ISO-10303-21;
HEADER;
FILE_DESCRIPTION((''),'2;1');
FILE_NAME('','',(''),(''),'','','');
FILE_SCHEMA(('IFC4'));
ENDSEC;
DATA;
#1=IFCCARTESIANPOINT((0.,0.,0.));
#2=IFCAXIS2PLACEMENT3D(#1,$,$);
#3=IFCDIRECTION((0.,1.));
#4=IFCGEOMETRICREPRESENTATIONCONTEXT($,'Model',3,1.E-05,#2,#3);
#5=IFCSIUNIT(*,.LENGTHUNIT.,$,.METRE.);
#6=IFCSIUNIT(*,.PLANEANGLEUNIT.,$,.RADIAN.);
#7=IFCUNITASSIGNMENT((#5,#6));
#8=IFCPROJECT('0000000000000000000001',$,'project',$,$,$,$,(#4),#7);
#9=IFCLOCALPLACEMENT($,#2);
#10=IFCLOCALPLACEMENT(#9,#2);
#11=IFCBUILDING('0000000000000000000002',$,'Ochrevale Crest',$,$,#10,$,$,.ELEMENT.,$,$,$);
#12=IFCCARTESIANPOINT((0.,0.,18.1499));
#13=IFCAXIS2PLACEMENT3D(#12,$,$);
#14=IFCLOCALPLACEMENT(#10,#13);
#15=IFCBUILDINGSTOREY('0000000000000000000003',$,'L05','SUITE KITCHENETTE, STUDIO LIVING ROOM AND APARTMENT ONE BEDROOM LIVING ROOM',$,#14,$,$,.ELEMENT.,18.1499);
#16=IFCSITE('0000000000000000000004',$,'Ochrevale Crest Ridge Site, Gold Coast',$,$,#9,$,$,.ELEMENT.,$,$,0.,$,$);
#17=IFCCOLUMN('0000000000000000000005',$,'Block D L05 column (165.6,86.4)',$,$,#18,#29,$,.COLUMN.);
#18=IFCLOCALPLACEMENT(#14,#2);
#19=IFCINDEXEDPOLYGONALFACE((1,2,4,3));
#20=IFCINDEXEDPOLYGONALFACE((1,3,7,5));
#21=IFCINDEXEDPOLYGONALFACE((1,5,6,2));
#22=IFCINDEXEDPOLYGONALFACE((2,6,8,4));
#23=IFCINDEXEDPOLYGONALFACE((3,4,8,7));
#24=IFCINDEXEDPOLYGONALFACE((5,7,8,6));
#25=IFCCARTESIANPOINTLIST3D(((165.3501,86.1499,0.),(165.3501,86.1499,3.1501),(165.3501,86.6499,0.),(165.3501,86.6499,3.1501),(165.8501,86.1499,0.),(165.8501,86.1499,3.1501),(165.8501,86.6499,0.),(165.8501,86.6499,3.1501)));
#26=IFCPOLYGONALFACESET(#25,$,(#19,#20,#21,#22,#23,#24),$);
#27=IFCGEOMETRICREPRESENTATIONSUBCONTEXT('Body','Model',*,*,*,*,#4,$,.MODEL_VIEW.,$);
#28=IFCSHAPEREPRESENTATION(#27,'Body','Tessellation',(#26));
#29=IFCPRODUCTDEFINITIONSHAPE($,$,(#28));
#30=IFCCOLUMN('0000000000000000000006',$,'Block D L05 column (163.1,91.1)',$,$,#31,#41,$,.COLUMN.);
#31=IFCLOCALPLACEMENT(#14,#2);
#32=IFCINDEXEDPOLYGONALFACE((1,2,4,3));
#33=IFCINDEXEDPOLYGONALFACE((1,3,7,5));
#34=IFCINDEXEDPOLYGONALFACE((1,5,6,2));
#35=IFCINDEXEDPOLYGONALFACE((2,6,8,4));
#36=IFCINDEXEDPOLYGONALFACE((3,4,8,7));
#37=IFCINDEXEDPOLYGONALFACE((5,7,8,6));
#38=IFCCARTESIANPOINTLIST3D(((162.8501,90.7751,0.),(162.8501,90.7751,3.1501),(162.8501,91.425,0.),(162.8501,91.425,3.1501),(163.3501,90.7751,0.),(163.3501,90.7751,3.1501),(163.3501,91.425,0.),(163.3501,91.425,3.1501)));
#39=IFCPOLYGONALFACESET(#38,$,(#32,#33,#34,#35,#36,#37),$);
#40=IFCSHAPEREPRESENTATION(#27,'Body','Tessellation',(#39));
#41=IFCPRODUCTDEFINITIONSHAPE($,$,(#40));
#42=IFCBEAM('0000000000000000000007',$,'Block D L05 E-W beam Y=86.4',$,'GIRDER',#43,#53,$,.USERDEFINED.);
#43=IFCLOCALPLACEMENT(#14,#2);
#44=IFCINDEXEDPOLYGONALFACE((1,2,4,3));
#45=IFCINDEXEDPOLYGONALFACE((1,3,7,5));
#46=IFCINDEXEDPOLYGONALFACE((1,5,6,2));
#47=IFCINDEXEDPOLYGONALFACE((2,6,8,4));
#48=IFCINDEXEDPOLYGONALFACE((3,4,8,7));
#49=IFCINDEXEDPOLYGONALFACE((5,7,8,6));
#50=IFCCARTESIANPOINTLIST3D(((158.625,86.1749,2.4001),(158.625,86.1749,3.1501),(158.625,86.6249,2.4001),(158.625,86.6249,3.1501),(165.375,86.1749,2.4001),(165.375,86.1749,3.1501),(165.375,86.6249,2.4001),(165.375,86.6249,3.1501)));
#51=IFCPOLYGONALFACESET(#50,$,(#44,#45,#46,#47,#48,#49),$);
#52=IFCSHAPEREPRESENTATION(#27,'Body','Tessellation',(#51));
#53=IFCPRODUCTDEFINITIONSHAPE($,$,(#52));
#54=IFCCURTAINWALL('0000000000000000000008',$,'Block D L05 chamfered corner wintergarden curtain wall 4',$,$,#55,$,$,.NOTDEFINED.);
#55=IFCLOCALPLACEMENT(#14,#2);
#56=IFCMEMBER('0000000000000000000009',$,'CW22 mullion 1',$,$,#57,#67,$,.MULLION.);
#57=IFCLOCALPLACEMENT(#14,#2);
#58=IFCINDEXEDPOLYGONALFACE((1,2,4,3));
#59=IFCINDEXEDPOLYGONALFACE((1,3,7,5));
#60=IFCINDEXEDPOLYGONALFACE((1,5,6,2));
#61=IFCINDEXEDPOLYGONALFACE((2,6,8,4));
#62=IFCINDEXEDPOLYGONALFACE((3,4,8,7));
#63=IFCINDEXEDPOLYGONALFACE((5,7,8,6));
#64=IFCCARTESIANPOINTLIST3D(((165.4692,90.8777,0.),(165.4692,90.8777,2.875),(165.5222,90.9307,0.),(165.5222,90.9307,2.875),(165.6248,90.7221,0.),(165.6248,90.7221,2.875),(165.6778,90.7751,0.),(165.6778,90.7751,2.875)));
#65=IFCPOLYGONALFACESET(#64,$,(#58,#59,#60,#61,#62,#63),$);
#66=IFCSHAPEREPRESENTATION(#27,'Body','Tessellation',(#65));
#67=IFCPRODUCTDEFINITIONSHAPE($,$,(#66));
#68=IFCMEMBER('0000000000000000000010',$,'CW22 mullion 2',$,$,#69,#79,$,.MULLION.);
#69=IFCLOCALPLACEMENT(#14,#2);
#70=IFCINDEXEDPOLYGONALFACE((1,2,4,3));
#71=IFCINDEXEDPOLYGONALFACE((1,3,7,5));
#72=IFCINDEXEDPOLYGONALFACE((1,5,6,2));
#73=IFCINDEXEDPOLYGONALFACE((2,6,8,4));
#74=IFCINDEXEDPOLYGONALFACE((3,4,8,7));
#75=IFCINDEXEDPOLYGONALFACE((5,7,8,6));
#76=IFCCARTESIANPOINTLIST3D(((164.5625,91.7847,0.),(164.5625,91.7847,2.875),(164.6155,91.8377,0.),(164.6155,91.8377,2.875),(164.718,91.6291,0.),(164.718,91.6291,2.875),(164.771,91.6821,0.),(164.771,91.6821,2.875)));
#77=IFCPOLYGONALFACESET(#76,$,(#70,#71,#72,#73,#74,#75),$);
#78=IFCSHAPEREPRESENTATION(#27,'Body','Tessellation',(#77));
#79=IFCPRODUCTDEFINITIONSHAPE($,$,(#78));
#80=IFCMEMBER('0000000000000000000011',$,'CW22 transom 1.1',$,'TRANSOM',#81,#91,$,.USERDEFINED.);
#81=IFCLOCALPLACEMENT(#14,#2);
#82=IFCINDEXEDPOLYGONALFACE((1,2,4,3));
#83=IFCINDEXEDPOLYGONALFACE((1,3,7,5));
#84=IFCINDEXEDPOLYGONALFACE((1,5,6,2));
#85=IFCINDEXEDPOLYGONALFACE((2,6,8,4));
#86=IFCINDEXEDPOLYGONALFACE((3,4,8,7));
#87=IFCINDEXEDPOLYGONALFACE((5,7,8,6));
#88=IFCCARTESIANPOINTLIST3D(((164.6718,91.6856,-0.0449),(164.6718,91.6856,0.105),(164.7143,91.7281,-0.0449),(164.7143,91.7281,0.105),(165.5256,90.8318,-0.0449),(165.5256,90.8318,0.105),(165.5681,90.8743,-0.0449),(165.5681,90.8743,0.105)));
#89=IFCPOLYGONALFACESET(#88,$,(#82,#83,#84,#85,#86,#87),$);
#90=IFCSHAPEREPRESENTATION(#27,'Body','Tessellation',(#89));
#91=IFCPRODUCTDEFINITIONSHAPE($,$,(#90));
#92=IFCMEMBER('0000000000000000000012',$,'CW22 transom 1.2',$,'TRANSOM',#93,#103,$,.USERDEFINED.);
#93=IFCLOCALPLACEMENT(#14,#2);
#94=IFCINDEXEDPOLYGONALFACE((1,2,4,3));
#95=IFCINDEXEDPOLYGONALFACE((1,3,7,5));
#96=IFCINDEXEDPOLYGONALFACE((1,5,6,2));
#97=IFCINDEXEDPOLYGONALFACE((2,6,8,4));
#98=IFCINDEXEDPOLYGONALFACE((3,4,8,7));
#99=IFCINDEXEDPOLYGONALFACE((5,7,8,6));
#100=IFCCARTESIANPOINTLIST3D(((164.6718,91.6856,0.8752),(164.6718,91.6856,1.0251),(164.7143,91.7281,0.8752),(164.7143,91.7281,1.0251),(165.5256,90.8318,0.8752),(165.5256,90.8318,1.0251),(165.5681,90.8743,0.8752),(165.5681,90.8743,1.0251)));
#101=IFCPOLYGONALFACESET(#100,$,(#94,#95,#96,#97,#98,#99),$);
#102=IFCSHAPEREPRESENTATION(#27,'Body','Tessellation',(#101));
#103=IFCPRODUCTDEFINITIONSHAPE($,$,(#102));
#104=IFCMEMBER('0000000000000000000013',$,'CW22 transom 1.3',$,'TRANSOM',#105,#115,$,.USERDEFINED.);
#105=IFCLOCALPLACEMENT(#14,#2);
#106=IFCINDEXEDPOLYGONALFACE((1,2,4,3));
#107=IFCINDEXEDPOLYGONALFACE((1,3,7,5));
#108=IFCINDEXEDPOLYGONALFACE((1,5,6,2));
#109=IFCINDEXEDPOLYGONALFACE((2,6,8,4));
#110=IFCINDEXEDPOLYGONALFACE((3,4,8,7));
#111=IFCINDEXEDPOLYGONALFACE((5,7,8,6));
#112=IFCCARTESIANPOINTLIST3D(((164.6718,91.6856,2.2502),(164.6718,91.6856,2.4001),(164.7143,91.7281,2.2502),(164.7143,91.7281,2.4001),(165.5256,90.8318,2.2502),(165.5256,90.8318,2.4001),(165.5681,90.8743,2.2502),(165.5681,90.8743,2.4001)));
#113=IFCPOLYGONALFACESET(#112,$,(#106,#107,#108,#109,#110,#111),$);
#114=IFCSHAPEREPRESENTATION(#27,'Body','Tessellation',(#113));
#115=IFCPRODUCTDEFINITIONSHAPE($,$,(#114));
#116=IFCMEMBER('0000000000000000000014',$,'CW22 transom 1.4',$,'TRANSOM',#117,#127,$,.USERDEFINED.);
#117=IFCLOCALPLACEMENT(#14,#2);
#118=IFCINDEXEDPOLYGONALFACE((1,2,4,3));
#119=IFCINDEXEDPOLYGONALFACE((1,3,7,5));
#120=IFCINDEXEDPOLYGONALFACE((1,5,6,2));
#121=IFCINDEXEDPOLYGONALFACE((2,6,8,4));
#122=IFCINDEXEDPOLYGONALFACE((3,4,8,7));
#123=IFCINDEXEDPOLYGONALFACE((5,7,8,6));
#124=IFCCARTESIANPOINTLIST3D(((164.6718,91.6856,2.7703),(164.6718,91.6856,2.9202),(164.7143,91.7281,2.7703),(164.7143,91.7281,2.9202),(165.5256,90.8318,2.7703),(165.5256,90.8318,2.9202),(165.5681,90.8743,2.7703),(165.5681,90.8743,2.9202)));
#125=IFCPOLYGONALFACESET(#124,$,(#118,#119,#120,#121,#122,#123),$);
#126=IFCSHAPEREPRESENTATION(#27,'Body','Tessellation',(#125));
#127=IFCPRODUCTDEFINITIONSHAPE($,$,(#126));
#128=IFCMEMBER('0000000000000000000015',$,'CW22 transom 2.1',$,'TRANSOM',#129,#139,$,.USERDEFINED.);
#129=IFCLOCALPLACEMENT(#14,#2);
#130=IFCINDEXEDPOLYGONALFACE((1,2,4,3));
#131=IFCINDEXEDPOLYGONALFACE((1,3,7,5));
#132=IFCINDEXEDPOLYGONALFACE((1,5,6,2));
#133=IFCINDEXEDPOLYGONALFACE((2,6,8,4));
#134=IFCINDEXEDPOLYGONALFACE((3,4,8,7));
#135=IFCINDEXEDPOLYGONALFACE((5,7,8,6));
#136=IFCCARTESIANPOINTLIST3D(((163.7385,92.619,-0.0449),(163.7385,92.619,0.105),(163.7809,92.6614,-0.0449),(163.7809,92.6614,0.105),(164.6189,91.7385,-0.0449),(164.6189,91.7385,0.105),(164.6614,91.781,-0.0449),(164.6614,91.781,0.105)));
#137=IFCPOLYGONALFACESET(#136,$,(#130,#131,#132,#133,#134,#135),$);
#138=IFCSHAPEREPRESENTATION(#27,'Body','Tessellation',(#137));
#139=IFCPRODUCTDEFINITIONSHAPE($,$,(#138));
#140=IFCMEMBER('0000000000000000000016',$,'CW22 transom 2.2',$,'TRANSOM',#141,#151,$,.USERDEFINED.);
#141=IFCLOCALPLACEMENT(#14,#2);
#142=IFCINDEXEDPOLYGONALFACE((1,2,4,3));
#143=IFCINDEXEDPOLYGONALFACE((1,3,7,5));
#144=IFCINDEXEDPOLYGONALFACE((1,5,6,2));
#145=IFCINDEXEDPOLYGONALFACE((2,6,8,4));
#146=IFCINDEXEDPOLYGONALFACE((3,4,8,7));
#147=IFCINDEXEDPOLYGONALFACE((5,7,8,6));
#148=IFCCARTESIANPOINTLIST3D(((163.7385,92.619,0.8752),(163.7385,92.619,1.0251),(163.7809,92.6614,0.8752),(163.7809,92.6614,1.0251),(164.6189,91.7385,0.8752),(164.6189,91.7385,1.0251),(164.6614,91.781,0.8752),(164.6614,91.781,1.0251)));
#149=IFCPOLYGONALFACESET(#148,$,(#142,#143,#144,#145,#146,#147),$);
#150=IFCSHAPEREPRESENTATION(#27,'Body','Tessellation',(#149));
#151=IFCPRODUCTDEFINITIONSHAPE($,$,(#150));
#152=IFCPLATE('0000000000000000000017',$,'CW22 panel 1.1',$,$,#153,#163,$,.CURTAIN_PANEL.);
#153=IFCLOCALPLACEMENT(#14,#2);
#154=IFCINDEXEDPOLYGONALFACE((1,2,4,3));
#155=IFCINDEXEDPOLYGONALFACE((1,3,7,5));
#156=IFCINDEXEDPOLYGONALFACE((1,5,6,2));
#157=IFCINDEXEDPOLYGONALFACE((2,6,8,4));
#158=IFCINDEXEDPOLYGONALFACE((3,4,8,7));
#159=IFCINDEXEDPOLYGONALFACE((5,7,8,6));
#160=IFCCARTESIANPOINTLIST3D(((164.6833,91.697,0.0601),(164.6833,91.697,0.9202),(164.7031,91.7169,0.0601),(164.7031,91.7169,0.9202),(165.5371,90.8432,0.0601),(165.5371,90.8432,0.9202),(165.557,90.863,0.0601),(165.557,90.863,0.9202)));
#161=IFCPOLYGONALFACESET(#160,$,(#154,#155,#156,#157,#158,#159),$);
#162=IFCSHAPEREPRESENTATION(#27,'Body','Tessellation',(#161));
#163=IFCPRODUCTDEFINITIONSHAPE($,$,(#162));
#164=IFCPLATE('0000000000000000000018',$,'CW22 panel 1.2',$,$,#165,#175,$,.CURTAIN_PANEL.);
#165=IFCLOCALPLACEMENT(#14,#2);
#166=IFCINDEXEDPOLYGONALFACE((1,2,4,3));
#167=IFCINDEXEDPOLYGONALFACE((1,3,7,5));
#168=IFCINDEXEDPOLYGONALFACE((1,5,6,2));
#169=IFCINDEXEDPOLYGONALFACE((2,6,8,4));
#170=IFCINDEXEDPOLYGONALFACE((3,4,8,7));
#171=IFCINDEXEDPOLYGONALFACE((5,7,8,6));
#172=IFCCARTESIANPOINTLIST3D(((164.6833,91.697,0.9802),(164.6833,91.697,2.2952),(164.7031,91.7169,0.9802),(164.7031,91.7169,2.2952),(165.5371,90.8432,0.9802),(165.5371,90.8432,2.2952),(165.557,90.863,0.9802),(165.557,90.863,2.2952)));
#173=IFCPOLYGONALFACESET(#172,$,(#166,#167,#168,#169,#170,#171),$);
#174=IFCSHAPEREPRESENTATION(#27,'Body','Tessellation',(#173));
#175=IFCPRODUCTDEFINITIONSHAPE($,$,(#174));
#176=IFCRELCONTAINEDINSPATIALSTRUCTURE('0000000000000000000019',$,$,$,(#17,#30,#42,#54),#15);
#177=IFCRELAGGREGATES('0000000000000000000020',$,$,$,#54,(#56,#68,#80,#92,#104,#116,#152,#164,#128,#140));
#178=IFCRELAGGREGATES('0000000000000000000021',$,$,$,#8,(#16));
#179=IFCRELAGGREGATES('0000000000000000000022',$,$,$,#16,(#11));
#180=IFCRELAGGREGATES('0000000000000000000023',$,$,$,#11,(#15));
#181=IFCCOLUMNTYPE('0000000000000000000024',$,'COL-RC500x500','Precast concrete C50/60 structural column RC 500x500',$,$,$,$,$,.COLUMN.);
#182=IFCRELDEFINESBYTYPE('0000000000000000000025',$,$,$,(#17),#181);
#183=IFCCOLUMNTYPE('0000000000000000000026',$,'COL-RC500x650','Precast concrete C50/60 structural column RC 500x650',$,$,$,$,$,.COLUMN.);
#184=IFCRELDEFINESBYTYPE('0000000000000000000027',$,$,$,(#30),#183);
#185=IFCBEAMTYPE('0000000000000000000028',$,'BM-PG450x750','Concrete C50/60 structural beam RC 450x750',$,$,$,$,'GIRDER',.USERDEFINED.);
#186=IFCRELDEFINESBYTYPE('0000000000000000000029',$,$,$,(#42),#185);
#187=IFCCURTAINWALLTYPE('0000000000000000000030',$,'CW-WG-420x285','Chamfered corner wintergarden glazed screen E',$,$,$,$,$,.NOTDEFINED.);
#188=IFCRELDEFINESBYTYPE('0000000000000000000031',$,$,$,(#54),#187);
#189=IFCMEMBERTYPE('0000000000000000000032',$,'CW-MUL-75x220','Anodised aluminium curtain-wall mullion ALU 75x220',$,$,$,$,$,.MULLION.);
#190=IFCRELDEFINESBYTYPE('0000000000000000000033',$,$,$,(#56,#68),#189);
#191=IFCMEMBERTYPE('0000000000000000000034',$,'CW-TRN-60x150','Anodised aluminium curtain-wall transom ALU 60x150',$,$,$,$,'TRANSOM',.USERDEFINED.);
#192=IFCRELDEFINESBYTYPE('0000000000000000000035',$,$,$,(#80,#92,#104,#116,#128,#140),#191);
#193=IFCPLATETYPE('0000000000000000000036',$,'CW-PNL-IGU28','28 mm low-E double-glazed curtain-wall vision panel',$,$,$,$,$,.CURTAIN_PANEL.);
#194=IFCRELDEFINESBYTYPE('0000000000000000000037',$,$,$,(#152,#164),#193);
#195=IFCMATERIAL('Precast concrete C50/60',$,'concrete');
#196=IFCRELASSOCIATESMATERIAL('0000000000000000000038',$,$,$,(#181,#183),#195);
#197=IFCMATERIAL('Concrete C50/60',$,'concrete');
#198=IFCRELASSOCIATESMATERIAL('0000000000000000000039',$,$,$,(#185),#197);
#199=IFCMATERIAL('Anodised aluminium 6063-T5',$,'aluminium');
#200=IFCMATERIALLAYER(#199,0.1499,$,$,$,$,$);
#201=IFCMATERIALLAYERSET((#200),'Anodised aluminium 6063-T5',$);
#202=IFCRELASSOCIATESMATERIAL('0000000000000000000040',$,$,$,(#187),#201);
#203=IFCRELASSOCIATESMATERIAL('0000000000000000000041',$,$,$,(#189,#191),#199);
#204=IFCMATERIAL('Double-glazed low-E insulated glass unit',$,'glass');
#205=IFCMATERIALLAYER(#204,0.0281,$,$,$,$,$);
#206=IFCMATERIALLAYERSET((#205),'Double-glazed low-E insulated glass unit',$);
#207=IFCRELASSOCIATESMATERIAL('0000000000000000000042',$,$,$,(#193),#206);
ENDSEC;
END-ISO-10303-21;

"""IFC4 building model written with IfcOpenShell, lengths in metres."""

from ifc_helpers import new_model, si_unit, direction, frame, origin, origin_2d, place, context, subcontext, project, spatial, rectangle, extrude, material, layer, layer_set, material_profile, profile_set, type_object, element, aggregate, save


model = new_model("IFC4")

# Units and contexts
model_context = context("Model", 3, precision=1e-05, world=origin(), true_north=direction((0.0, 1.0)))
body_context = subcontext(model_context, "Body", "Model", "MODEL_VIEW")
ifc_project = project(units=[si_unit("LENGTHUNIT", "METRE"), si_unit("PLANEANGLEUNIT", "RADIAN")], contexts=[model_context])

# Site, building, storey
site_placement = place(None, origin())
site = spatial("IfcSite", under=ifc_project, at=site_placement, Name="Ochrevale Crest Ridge Site, Gold Coast", CompositionType="ELEMENT", RefElevation=0.0)
building_placement = place(site_placement, origin())
building = spatial("IfcBuilding", under=site, at=building_placement, Name="Ochrevale Crest", CompositionType="ELEMENT")
storey_placement = place(building_placement, frame((0.0, 0.0, 18.1499)))
storey = spatial("IfcBuildingStorey", under=building, at=storey_placement, Name="L05", Description="SUITE KITCHENETTE, STUDIO LIVING ROOM AND APARTMENT ONE BEDROOM LIVING ROOM", CompositionType="ELEMENT", Elevation=18.1499)

# Columns
ifc_material_1 = material(Name="Precast concrete C50/60", Category="concrete")
ifc_material_profile_1 = material_profile(ifc_material_1, rectangle(XDim=0.5, YDim=0.5, at=origin_2d()), Name="RC 500x500")
ifc_profile_set_1 = profile_set([ifc_material_profile_1], Name="Precast concrete C50/60")
column_type_1 = type_object("IfcColumnType", Name="COL-RC500x500", Description="Precast concrete C50/60 structural column RC 500x500", PredefinedType="COLUMN", material=ifc_profile_set_1)
column_1_placement = place(storey_placement, frame((165.6001, 86.3999, 0.0), z_axis=(0.0, 0.0, 1.0), x_axis=(1.0, 0.0, 0.0)))
element("IfcColumn", 1, at=column_1_placement, inside=storey, type_object=column_type_1, Name="Block D L05 column (165.6,86.4)", PredefinedType="COLUMN", context=body_context, shape_type="SweptSolid", body=[
    extrude(rectangle(XDim=0.5, YDim=0.5, at=origin_2d()), origin(), (0.0, 0.0, 1.0), 3.1501),
])
ifc_material_profile_2 = material_profile(ifc_material_1, rectangle(XDim=0.5, YDim=0.6499, at=origin_2d()), Name="RC 500x650")
ifc_profile_set_2 = profile_set([ifc_material_profile_2], Name="Precast concrete C50/60")
column_type_2 = type_object("IfcColumnType", Name="COL-RC500x650", Description="Precast concrete C50/60 structural column RC 500x650", PredefinedType="COLUMN", material=ifc_profile_set_2)
column_2_placement = place(storey_placement, frame((163.1001, 91.1001, 0.0), z_axis=(0.0, 0.0, 1.0), x_axis=(1.0, 0.0, 0.0)))
element("IfcColumn", 2, at=column_2_placement, inside=storey, type_object=column_type_2, Name="Block D L05 column (163.1,91.1)", PredefinedType="COLUMN", context=body_context, shape_type="SweptSolid", body=[
    extrude(rectangle(XDim=0.5, YDim=0.6499, at=origin_2d()), origin(), (0.0, 0.0, 1.0), 3.1501),
])

# Beam
ifc_material_2 = material(Name="Concrete C50/60", Category="concrete")
ifc_material_profile_3 = material_profile(ifc_material_2, rectangle(XDim=0.45, YDim=0.75, at=origin_2d()), Name="RC 450x750")
ifc_profile_set_3 = profile_set([ifc_material_profile_3], Name="Concrete C50/60")
beam_type = type_object("IfcBeamType", Name="BM-PG450x750", Description="Concrete C50/60 structural beam RC 450x750", ElementType="GIRDER", PredefinedType="USERDEFINED", material=ifc_profile_set_3)
beam_placement = place(storey_placement, frame((158.625, 86.3999, 2.7751), z_axis=(1.0, 0.0, 0.0), x_axis=(0.0, 1.0, 0.0)))
element("IfcBeam", 3, at=beam_placement, inside=storey, type_object=beam_type, Name="Block D L05 E-W beam Y=86.4", ObjectType="GIRDER", PredefinedType="USERDEFINED", context=body_context, shape_type="SweptSolid", body=[
    extrude(rectangle(XDim=0.45, YDim=0.75, at=origin_2d()), origin(), (0.0, 0.0, 1.0), 6.75),
])

# Curtain wall, members, plates
ifc_material_3 = material(Name="Anodised aluminium 6063-T5", Category="aluminium")
ifc_layer_1 = layer(ifc_material_3, 0.1499)
ifc_layer_set_1 = layer_set([ifc_layer_1], Name="Anodised aluminium 6063-T5")
curtain_wall_type = type_object("IfcCurtainWallType", Name="CW-WG-420x285", Description="Chamfered corner wintergarden glazed screen E", PredefinedType="NOTDEFINED", material=ifc_layer_set_1)
curtain_wall_placement = place(storey_placement, origin())
curtain_wall = element("IfcCurtainWall", 4, at=curtain_wall_placement, inside=storey, type_object=curtain_wall_type, Name="Block D L05 chamfered corner wintergarden curtain wall 4", PredefinedType="NOTDEFINED")
ifc_material_profile_4 = material_profile(ifc_material_3, rectangle(XDim=0.075, YDim=0.22, at=origin_2d()), Name="ALU 75x220")
ifc_profile_set_4 = profile_set([ifc_material_profile_4], Name="Anodised aluminium 6063-T5")
member_type_1 = type_object("IfcMemberType", Name="CW-MUL-75x220", Description="Anodised aluminium curtain-wall mullion ALU 75x220", PredefinedType="MULLION", material=ifc_profile_set_4)
member_1_placement = place(storey_placement, frame((165.5735, 90.8264, 0.0), z_axis=(0.0, 0.0, 1.0), x_axis=(-0.707107, -0.707107, 0.0)))
member_1 = element("IfcMember", 5, at=member_1_placement, type_object=member_type_1, Name="CW22 mullion 1", PredefinedType="MULLION", context=body_context, shape_type="SweptSolid", body=[
    extrude(rectangle(XDim=0.075, YDim=0.22, at=origin_2d()), origin(), (0.0, 0.0, 1.0), 2.875),
])
member_2_placement = place(storey_placement, frame((164.6667, 91.7334, 0.0), z_axis=(0.0, 0.0, 1.0), x_axis=(-0.707107, -0.707107, 0.0)))
member_2 = element("IfcMember", 6, at=member_2_placement, type_object=member_type_1, Name="CW22 mullion 2", PredefinedType="MULLION", context=body_context, shape_type="SweptSolid", body=[
    extrude(rectangle(XDim=0.075, YDim=0.22, at=origin_2d()), origin(), (0.0, 0.0, 1.0), 2.875),
])
ifc_material_profile_5 = material_profile(ifc_material_3, rectangle(XDim=0.0601, YDim=0.1499, at=origin_2d()), Name="ALU 60x150")
ifc_profile_set_5 = profile_set([ifc_material_profile_5], Name="Anodised aluminium 6063-T5")
member_type_2 = type_object("IfcMemberType", Name="CW-TRN-60x150", Description="Anodised aluminium curtain-wall transom ALU 60x150", ElementType="TRANSOM", PredefinedType="USERDEFINED", material=ifc_profile_set_5)
member_3_placement = place(storey_placement, frame((165.5469, 90.853, 0.03), z_axis=(-0.707107, 0.707107, 0.0), x_axis=(-0.707107, -0.707107, 0.0)))
member_3 = element("IfcMember", 7, at=member_3_placement, type_object=member_type_2, Name="CW22 transom 1.1", ObjectType="TRANSOM", PredefinedType="USERDEFINED", context=body_context, shape_type="SweptSolid", body=[
    extrude(rectangle(XDim=0.0601, YDim=0.1499, at=origin_2d()), origin(), (0.0, 0.0, 1.0), 1.2075),
])
member_4_placement = place(storey_placement, frame((165.5469, 90.853, 0.9502), z_axis=(-0.707107, 0.707107, 0.0), x_axis=(-0.707107, -0.707107, 0.0)))
member_4 = element("IfcMember", 8, at=member_4_placement, type_object=member_type_2, Name="CW22 transom 1.2", ObjectType="TRANSOM", PredefinedType="USERDEFINED", context=body_context, shape_type="SweptSolid", body=[
    extrude(rectangle(XDim=0.0601, YDim=0.1499, at=origin_2d()), origin(), (0.0, 0.0, 1.0), 1.2075),
])
member_5_placement = place(storey_placement, frame((165.5469, 90.853, 2.3252), z_axis=(-0.707107, 0.707107, 0.0), x_axis=(-0.707107, -0.707107, 0.0)))
member_5 = element("IfcMember", 9, at=member_5_placement, type_object=member_type_2, Name="CW22 transom 1.3", ObjectType="TRANSOM", PredefinedType="USERDEFINED", context=body_context, shape_type="SweptSolid", body=[
    extrude(rectangle(XDim=0.0601, YDim=0.1499, at=origin_2d()), origin(), (0.0, 0.0, 1.0), 1.2075),
])
member_6_placement = place(storey_placement, frame((165.5469, 90.853, 2.8452), z_axis=(-0.707107, 0.707107, 0.0), x_axis=(-0.707107, -0.707107, 0.0)))
member_6 = element("IfcMember", 10, at=member_6_placement, type_object=member_type_2, Name="CW22 transom 1.4", ObjectType="TRANSOM", PredefinedType="USERDEFINED", context=body_context, shape_type="SweptSolid", body=[
    extrude(rectangle(XDim=0.0601, YDim=0.1499, at=origin_2d()), origin(), (0.0, 0.0, 1.0), 1.2075),
])
member_7_placement = place(storey_placement, frame((164.6401, 91.7598, 0.03), z_axis=(-0.707107, 0.707107, 0.0), x_axis=(-0.707107, -0.707107, 0.0)))
member_7 = element("IfcMember", 11, at=member_7_placement, type_object=member_type_2, Name="CW22 transom 2.1", ObjectType="TRANSOM", PredefinedType="USERDEFINED", context=body_context, shape_type="SweptSolid", body=[
    extrude(rectangle(XDim=0.0601, YDim=0.1499, at=origin_2d()), origin(), (0.0, 0.0, 1.0), 1.2451),
])
member_8_placement = place(storey_placement, frame((164.6401, 91.7598, 0.9502), z_axis=(-0.707107, 0.707107, 0.0), x_axis=(-0.707107, -0.707107, 0.0)))
member_8 = element("IfcMember", 12, at=member_8_placement, type_object=member_type_2, Name="CW22 transom 2.2", ObjectType="TRANSOM", PredefinedType="USERDEFINED", context=body_context, shape_type="SweptSolid", body=[
    extrude(rectangle(XDim=0.0601, YDim=0.1499, at=origin_2d()), origin(), (0.0, 0.0, 1.0), 1.2451),
])
ifc_material_4 = material(Name="Double-glazed low-E insulated glass unit", Category="glass")
ifc_layer_2 = layer(ifc_material_4, 0.0281)
ifc_layer_set_2 = layer_set([ifc_layer_2], Name="Double-glazed low-E insulated glass unit")
plate_type = type_object("IfcPlateType", Name="CW-PNL-IGU28", Description="28 mm low-E double-glazed curtain-wall vision panel", PredefinedType="CURTAIN_PANEL", material=ifc_layer_set_2)
plate_1_placement = place(storey_placement, frame((165.1201, 91.28, 0.0601), z_axis=(0.0, 0.0, 1.0), x_axis=(-0.707107, 0.707107, 0.0)))
plate_1 = element("IfcPlate", 13, at=plate_1_placement, type_object=plate_type, Name="CW22 panel 1.1", PredefinedType="CURTAIN_PANEL", context=body_context, shape_type="SweptSolid", body=[
    extrude(rectangle(XDim=1.2075, YDim=0.0281, at=origin_2d()), origin(), (0.0, 0.0, 1.0), 0.8601),
])
plate_2_placement = place(storey_placement, frame((165.1201, 91.28, 0.9802), z_axis=(0.0, 0.0, 1.0), x_axis=(-0.707107, 0.707107, 0.0)))
plate_2 = element("IfcPlate", 14, at=plate_2_placement, type_object=plate_type, Name="CW22 panel 1.2", PredefinedType="CURTAIN_PANEL", context=body_context, shape_type="SweptSolid", body=[
    extrude(rectangle(XDim=1.2075, YDim=0.0281, at=origin_2d()), origin(), (0.0, 0.0, 1.0), 1.3149),
])
aggregate(curtain_wall, [member_1, member_2, member_3, member_4, member_5, member_6, plate_1, plate_2, member_7, member_8])

save(model, "model.ifc")
